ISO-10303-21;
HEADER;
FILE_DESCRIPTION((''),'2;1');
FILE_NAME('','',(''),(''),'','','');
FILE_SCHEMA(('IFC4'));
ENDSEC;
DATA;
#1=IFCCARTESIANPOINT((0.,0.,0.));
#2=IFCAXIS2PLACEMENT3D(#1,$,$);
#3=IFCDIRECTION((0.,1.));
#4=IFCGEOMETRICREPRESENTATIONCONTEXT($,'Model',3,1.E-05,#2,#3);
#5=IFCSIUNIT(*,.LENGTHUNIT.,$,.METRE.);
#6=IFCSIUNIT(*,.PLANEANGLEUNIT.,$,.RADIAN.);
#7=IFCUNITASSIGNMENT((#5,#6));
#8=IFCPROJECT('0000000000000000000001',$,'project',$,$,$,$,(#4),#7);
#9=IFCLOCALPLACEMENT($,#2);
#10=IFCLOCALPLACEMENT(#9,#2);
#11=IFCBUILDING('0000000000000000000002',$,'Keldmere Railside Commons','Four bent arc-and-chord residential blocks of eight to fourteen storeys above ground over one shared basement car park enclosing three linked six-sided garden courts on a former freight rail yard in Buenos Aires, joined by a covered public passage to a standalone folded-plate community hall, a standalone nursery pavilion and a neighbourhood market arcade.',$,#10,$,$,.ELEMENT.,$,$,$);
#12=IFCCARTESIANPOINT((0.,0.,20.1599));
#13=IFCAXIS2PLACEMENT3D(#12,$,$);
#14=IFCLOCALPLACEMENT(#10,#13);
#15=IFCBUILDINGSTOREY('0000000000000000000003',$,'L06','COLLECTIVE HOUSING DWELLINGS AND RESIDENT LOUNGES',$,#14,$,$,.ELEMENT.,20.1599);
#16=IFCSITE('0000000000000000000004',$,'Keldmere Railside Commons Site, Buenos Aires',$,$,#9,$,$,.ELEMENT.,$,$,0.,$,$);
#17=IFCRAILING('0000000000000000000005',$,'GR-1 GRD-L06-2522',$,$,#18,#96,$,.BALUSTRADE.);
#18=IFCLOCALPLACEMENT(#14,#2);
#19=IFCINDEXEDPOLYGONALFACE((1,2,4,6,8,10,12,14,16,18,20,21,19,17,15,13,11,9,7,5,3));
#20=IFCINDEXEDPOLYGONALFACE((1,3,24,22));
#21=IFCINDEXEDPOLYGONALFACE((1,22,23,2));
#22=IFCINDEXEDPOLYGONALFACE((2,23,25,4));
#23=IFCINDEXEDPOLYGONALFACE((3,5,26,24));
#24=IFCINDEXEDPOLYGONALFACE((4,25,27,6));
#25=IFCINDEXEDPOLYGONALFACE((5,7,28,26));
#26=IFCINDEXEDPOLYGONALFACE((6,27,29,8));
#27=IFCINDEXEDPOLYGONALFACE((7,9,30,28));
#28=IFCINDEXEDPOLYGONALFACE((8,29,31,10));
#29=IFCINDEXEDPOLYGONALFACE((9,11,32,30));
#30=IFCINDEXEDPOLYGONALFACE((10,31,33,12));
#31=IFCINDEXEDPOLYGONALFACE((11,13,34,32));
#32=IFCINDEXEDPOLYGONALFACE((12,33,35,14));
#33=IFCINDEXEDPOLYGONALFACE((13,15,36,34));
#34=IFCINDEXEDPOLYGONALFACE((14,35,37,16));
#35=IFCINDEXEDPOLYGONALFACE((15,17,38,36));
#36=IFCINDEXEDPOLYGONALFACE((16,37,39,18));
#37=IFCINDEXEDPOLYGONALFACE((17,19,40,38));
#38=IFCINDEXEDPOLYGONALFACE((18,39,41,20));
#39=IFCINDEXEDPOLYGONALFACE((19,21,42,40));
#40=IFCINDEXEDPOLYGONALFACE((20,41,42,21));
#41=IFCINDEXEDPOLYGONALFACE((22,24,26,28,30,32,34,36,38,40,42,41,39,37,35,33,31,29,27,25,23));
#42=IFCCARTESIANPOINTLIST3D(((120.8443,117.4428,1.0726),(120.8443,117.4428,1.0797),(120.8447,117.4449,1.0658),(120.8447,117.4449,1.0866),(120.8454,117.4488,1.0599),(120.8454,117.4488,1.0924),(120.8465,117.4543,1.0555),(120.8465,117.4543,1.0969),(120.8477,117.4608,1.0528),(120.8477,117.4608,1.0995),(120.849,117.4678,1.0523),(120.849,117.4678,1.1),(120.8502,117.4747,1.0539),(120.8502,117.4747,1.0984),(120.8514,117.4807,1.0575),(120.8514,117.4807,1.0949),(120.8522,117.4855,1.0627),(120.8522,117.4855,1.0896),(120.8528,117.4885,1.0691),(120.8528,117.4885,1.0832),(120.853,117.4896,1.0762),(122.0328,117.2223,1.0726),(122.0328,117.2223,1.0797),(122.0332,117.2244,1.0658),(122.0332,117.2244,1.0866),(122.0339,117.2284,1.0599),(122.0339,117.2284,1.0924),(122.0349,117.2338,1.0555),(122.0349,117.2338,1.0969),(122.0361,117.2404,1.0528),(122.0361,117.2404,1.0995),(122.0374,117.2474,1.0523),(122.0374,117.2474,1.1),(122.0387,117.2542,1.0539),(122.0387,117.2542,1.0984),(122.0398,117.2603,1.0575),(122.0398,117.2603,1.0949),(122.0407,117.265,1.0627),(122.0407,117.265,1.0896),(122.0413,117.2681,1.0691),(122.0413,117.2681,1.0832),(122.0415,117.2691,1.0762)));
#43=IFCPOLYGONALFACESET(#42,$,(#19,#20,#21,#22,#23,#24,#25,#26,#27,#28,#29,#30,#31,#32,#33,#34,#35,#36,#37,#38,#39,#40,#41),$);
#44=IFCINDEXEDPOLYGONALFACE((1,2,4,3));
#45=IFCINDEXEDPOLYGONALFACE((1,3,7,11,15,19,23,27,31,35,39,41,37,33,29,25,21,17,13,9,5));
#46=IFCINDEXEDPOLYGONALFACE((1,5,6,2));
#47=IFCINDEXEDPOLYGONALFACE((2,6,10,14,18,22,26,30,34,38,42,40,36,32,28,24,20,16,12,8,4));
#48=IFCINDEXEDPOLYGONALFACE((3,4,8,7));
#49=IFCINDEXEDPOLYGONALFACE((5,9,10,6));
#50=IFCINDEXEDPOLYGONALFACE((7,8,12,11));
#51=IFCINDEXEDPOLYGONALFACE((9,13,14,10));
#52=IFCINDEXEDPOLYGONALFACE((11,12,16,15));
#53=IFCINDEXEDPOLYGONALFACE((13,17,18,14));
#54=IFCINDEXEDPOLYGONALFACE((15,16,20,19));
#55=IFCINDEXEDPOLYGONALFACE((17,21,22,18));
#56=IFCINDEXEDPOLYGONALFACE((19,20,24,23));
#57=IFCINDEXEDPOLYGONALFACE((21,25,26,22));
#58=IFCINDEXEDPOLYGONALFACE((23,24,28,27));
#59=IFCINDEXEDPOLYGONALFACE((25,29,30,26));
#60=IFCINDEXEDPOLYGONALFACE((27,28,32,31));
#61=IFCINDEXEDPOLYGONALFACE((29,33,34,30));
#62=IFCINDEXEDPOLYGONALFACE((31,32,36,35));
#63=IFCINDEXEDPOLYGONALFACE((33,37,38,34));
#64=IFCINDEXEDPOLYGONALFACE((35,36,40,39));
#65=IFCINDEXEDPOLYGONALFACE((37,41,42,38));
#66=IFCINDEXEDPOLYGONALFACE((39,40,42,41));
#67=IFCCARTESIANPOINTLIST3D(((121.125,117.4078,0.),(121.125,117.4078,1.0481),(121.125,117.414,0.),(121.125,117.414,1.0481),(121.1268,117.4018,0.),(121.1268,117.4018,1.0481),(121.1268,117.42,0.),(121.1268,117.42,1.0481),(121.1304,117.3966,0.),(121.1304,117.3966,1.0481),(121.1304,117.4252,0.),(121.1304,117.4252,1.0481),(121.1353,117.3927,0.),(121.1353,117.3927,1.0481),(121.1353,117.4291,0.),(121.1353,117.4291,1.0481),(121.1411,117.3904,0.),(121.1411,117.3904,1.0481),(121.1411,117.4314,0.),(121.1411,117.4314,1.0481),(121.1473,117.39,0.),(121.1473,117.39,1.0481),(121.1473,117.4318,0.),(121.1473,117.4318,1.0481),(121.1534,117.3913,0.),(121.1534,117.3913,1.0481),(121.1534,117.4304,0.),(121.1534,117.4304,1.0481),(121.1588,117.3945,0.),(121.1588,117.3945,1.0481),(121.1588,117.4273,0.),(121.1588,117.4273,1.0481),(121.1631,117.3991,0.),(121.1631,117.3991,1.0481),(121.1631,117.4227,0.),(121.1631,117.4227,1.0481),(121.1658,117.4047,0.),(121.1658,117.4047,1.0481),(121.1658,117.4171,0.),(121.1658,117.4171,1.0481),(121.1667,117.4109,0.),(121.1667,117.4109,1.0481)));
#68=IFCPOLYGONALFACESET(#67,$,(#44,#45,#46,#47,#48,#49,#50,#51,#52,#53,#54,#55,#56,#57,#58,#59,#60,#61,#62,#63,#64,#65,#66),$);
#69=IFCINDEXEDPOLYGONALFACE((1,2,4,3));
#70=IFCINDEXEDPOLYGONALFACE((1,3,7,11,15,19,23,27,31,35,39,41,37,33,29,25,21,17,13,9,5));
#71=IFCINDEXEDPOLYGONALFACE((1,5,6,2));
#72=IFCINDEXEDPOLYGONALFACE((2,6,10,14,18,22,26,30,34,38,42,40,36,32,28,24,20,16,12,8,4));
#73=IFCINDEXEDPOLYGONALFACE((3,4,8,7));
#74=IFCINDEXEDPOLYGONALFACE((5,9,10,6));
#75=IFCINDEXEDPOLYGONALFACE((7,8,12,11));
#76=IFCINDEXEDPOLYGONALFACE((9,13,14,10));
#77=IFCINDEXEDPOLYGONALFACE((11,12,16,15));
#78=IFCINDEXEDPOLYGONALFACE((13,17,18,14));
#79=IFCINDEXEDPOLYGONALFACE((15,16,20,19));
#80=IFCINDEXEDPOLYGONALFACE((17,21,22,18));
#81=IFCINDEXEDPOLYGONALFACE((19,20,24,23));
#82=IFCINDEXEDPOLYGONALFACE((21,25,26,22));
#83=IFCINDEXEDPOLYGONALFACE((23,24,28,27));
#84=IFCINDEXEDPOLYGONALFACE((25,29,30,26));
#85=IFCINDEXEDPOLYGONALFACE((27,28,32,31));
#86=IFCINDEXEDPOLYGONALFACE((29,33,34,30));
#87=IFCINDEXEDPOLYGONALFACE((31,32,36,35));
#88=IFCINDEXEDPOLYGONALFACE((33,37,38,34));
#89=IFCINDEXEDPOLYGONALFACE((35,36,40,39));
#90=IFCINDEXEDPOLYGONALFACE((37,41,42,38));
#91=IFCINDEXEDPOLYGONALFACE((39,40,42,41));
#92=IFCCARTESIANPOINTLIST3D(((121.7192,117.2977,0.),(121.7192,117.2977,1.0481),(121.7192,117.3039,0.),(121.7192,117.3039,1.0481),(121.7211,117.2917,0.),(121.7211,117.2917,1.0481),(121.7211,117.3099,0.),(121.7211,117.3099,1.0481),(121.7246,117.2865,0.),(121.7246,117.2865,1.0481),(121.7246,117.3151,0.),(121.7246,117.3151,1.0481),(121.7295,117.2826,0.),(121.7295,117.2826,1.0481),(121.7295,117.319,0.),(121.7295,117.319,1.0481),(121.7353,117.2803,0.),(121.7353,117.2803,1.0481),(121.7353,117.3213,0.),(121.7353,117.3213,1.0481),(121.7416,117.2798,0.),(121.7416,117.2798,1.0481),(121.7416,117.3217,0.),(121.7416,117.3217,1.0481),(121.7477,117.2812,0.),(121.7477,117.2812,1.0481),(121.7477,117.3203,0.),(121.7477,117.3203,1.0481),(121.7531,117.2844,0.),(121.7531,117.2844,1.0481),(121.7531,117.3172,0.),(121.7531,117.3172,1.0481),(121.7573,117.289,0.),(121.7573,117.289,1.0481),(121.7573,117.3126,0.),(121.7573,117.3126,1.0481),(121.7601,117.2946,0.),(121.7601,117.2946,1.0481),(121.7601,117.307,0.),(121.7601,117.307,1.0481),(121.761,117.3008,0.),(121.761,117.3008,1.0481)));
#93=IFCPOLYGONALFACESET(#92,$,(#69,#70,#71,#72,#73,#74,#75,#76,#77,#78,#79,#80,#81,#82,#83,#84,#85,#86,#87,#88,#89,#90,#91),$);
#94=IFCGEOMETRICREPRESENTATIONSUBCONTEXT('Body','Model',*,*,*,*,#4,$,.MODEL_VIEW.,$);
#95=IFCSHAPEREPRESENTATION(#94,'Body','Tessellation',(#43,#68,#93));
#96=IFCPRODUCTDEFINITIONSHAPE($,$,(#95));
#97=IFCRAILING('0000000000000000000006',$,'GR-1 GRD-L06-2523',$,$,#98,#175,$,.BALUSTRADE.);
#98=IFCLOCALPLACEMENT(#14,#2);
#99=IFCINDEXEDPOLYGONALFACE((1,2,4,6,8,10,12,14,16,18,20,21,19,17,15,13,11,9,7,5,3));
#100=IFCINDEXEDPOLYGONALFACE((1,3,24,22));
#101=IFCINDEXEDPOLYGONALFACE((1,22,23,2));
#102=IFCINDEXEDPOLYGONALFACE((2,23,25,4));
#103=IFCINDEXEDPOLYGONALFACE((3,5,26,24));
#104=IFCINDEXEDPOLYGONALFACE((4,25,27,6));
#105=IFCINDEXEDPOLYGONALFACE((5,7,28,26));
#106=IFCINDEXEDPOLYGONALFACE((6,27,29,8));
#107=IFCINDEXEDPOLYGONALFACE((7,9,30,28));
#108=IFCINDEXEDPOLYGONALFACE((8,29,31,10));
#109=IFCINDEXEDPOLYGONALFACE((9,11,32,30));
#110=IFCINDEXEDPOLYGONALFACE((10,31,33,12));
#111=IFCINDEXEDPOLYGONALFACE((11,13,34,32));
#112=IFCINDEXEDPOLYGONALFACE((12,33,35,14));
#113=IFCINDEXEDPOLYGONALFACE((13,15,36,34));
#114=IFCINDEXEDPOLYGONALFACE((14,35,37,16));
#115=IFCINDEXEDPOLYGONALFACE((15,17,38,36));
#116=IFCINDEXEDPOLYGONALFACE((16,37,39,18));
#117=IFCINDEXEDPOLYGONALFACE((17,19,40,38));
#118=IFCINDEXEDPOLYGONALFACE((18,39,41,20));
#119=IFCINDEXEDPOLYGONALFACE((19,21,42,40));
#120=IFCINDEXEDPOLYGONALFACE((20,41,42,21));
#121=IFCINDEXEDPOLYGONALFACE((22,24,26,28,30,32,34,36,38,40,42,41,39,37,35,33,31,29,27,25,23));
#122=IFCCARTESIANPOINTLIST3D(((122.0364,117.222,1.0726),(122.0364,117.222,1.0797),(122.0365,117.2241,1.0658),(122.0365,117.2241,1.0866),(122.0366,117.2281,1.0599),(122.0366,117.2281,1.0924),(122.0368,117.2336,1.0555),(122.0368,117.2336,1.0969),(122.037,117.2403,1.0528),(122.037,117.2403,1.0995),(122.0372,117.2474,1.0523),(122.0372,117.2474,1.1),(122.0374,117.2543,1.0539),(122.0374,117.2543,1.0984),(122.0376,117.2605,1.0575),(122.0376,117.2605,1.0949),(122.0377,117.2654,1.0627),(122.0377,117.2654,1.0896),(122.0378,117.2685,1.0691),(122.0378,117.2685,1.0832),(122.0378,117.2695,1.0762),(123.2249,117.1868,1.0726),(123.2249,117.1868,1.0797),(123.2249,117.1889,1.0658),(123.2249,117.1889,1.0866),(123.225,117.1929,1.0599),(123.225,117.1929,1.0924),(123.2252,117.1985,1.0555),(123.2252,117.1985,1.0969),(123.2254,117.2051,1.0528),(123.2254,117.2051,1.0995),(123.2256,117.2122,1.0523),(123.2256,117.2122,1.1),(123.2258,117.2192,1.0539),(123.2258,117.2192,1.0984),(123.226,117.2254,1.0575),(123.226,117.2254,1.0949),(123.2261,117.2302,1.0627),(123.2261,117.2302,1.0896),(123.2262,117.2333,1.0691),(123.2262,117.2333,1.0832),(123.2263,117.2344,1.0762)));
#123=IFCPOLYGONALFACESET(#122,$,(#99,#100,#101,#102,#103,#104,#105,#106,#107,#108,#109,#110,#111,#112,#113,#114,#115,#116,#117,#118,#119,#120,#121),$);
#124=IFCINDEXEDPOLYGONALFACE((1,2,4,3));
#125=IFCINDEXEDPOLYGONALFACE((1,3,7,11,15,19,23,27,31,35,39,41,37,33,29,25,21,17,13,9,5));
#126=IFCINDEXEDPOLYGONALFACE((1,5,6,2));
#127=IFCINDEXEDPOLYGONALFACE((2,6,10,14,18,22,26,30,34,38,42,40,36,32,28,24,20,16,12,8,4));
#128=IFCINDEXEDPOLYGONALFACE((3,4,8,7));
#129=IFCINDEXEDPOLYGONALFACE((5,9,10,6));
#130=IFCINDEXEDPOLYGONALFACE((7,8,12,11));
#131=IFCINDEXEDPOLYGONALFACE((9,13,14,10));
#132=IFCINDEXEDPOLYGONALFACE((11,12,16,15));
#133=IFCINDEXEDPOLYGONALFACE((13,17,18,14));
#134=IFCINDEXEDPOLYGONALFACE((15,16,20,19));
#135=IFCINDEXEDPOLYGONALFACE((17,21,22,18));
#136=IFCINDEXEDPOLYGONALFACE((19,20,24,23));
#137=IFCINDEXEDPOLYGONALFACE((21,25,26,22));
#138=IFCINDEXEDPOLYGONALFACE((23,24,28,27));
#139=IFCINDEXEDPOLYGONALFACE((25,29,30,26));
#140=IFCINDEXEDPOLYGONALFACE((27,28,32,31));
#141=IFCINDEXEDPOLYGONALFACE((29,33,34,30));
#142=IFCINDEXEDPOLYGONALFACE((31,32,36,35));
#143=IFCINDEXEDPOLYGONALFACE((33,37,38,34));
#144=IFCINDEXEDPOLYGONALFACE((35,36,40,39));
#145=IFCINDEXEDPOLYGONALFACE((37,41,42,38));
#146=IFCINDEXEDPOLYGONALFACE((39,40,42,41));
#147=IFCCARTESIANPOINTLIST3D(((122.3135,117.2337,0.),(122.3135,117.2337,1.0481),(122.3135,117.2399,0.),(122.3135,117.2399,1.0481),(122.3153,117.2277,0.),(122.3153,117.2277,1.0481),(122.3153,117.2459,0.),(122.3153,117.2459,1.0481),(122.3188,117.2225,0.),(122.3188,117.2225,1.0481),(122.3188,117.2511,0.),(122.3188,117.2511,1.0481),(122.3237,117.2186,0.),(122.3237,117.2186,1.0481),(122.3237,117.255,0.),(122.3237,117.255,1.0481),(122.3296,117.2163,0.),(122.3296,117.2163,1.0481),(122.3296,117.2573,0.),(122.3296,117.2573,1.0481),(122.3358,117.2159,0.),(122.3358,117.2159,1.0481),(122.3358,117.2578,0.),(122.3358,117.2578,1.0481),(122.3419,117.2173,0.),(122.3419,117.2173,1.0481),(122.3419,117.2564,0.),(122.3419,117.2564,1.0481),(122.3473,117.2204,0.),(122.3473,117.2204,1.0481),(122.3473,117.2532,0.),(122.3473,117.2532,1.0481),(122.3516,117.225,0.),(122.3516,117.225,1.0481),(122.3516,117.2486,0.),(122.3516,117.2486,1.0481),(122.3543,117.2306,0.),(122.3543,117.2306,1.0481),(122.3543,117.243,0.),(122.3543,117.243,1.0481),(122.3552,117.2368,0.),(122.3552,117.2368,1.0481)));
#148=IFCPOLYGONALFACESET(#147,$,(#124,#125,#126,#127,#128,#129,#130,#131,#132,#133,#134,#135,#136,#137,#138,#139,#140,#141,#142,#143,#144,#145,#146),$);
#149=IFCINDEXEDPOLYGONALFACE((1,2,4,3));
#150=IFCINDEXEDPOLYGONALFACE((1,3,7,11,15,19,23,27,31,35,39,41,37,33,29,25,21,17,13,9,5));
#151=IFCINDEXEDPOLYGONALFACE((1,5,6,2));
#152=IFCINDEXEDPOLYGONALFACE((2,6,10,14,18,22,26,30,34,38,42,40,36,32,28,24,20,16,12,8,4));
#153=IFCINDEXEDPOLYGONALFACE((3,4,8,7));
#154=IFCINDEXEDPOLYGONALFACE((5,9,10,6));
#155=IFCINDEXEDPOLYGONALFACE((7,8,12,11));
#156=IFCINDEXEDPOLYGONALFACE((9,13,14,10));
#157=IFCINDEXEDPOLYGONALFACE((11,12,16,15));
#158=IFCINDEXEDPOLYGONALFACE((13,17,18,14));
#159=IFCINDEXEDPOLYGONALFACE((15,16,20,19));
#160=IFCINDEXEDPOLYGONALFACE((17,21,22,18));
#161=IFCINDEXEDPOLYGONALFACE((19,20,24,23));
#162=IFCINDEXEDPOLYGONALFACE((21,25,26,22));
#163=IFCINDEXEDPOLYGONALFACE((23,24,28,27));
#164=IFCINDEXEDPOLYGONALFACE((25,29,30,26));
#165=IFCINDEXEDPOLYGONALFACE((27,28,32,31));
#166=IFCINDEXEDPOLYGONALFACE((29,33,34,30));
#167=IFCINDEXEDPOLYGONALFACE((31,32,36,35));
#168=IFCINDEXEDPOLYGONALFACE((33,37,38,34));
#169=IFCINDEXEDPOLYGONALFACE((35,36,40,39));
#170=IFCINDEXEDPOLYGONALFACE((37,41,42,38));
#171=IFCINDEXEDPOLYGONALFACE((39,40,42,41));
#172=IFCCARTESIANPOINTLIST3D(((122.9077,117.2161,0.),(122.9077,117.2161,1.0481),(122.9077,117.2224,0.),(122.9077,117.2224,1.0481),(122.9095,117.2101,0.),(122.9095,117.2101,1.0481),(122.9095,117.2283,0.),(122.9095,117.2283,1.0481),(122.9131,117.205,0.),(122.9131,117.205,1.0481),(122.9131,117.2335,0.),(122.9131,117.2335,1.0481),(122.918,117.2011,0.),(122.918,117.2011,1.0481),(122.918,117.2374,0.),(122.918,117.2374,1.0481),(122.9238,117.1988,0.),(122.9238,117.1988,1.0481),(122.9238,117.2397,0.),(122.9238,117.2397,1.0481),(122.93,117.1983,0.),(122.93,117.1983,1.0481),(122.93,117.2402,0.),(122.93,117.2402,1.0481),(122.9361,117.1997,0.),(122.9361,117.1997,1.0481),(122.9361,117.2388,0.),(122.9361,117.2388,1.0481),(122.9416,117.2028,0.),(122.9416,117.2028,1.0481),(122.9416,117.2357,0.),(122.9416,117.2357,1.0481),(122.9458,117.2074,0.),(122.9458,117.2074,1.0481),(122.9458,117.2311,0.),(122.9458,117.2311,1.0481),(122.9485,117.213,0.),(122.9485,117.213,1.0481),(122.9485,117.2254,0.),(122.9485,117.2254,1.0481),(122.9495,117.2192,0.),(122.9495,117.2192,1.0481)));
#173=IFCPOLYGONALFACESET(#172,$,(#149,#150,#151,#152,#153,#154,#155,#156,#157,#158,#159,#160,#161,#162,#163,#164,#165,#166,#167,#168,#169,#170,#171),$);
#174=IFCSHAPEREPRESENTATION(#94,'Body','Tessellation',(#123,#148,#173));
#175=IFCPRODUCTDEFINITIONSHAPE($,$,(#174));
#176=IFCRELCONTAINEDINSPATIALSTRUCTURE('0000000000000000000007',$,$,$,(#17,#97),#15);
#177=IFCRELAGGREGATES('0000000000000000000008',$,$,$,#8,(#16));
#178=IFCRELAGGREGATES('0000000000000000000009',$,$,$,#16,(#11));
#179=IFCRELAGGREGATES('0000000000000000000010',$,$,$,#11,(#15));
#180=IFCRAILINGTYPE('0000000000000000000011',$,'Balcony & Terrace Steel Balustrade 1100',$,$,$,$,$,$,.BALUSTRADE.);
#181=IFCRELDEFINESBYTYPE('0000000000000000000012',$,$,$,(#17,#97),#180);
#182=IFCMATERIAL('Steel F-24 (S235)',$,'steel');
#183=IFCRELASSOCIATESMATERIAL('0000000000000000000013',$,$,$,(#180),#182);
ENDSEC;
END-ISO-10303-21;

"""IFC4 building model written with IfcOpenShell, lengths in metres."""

from ifc_helpers import new_model, si_unit, direction, frame, origin, origin_2d, place, context, subcontext, project, spatial, circle, extrude, material, type_object, element, save


model = new_model("IFC4")

# Units and contexts
model_context = context("Model", 3, precision=1e-05, world=origin(), true_north=direction((0.0, 1.0)))
body_context = subcontext(model_context, "Body", "Model", "MODEL_VIEW")
ifc_project = project(units=[si_unit("LENGTHUNIT", "METRE"), si_unit("PLANEANGLEUNIT", "RADIAN")], contexts=[model_context])

# Site, building, storey
site_placement = place(None, origin())
site = spatial("IfcSite", under=ifc_project, at=site_placement, Name="Keldmere Railside Commons Site, Buenos Aires", CompositionType="ELEMENT", RefElevation=0.0)
building_placement = place(site_placement, origin())
building = spatial("IfcBuilding", under=site, at=building_placement, Name="Keldmere Railside Commons", Description="Four bent arc-and-chord residential blocks of eight to fourteen storeys above ground over one shared basement car park enclosing three linked six-sided garden courts on a former freight rail yard in Buenos Aires, joined by a covered public passage to a standalone folded-plate community hall, a standalone nursery pavilion and a neighbourhood market arcade.", CompositionType="ELEMENT")
storey_placement = place(building_placement, frame((0.0, 0.0, 20.1599)))
storey = spatial("IfcBuildingStorey", under=building, at=storey_placement, Name="L06", Description="COLLECTIVE HOUSING DWELLINGS AND RESIDENT LOUNGES", CompositionType="ELEMENT", Elevation=20.1599)

# Railings
ifc_material_1 = material(Name="Steel F-24 (S235)", Category="steel")
railing_type = type_object("IfcRailingType", Name="Balcony & Terrace Steel Balustrade 1100", PredefinedType="BALUSTRADE", material=ifc_material_1)
railing_1_placement = place(storey_placement, frame((120.8486, 117.4661, 0.0)))
element("IfcRailing", 1, at=railing_1_placement, inside=storey, type_object=railing_type, Name="GR-1 GRD-L06-2522", PredefinedType="BALUSTRADE", context=body_context, shape_type="SweptSolid", body=[
    extrude(circle(Radius=0.0239, at=origin_2d()), frame((0.0, 0.0, 1.0762), z_axis=(0.983227, -0.182386, 0.0), x_axis=(0.182386, 0.983227, 0.0)), (0.0, 0.0, 1.0), 1.2087),
    extrude(circle(Radius=0.021, at=origin_2d()), frame((0.2971, -0.0552, 0.0)), (0.0, 0.0, 1.0), 1.0481),
    extrude(circle(Radius=0.021, at=origin_2d()), frame((0.8914, -0.1653, 0.0)), (0.0, 0.0, 1.0), 1.0481),
])
railing_2_placement = place(storey_placement, frame((122.0371, 117.2456, 0.0)))
element("IfcRailing", 2, at=railing_2_placement, inside=storey, type_object=railing_type, Name="GR-1 GRD-L06-2523", PredefinedType="BALUSTRADE", context=body_context, shape_type="SweptSolid", body=[
    extrude(circle(Radius=0.0239, at=origin_2d()), frame((0.0, 0.0, 1.0762), z_axis=(0.999563, -0.029568, 0.0), x_axis=(0.029568, 0.999563, 0.0)), (0.0, 0.0, 1.0), 1.189),
    extrude(circle(Radius=0.021, at=origin_2d()), frame((0.2971, -0.0088, 0.0)), (0.0, 0.0, 1.0), 1.0481),
    extrude(circle(Radius=0.021, at=origin_2d()), frame((0.8914, -0.0264, 0.0)), (0.0, 0.0, 1.0), 1.0481),
])

save(model, "model.ifc")
